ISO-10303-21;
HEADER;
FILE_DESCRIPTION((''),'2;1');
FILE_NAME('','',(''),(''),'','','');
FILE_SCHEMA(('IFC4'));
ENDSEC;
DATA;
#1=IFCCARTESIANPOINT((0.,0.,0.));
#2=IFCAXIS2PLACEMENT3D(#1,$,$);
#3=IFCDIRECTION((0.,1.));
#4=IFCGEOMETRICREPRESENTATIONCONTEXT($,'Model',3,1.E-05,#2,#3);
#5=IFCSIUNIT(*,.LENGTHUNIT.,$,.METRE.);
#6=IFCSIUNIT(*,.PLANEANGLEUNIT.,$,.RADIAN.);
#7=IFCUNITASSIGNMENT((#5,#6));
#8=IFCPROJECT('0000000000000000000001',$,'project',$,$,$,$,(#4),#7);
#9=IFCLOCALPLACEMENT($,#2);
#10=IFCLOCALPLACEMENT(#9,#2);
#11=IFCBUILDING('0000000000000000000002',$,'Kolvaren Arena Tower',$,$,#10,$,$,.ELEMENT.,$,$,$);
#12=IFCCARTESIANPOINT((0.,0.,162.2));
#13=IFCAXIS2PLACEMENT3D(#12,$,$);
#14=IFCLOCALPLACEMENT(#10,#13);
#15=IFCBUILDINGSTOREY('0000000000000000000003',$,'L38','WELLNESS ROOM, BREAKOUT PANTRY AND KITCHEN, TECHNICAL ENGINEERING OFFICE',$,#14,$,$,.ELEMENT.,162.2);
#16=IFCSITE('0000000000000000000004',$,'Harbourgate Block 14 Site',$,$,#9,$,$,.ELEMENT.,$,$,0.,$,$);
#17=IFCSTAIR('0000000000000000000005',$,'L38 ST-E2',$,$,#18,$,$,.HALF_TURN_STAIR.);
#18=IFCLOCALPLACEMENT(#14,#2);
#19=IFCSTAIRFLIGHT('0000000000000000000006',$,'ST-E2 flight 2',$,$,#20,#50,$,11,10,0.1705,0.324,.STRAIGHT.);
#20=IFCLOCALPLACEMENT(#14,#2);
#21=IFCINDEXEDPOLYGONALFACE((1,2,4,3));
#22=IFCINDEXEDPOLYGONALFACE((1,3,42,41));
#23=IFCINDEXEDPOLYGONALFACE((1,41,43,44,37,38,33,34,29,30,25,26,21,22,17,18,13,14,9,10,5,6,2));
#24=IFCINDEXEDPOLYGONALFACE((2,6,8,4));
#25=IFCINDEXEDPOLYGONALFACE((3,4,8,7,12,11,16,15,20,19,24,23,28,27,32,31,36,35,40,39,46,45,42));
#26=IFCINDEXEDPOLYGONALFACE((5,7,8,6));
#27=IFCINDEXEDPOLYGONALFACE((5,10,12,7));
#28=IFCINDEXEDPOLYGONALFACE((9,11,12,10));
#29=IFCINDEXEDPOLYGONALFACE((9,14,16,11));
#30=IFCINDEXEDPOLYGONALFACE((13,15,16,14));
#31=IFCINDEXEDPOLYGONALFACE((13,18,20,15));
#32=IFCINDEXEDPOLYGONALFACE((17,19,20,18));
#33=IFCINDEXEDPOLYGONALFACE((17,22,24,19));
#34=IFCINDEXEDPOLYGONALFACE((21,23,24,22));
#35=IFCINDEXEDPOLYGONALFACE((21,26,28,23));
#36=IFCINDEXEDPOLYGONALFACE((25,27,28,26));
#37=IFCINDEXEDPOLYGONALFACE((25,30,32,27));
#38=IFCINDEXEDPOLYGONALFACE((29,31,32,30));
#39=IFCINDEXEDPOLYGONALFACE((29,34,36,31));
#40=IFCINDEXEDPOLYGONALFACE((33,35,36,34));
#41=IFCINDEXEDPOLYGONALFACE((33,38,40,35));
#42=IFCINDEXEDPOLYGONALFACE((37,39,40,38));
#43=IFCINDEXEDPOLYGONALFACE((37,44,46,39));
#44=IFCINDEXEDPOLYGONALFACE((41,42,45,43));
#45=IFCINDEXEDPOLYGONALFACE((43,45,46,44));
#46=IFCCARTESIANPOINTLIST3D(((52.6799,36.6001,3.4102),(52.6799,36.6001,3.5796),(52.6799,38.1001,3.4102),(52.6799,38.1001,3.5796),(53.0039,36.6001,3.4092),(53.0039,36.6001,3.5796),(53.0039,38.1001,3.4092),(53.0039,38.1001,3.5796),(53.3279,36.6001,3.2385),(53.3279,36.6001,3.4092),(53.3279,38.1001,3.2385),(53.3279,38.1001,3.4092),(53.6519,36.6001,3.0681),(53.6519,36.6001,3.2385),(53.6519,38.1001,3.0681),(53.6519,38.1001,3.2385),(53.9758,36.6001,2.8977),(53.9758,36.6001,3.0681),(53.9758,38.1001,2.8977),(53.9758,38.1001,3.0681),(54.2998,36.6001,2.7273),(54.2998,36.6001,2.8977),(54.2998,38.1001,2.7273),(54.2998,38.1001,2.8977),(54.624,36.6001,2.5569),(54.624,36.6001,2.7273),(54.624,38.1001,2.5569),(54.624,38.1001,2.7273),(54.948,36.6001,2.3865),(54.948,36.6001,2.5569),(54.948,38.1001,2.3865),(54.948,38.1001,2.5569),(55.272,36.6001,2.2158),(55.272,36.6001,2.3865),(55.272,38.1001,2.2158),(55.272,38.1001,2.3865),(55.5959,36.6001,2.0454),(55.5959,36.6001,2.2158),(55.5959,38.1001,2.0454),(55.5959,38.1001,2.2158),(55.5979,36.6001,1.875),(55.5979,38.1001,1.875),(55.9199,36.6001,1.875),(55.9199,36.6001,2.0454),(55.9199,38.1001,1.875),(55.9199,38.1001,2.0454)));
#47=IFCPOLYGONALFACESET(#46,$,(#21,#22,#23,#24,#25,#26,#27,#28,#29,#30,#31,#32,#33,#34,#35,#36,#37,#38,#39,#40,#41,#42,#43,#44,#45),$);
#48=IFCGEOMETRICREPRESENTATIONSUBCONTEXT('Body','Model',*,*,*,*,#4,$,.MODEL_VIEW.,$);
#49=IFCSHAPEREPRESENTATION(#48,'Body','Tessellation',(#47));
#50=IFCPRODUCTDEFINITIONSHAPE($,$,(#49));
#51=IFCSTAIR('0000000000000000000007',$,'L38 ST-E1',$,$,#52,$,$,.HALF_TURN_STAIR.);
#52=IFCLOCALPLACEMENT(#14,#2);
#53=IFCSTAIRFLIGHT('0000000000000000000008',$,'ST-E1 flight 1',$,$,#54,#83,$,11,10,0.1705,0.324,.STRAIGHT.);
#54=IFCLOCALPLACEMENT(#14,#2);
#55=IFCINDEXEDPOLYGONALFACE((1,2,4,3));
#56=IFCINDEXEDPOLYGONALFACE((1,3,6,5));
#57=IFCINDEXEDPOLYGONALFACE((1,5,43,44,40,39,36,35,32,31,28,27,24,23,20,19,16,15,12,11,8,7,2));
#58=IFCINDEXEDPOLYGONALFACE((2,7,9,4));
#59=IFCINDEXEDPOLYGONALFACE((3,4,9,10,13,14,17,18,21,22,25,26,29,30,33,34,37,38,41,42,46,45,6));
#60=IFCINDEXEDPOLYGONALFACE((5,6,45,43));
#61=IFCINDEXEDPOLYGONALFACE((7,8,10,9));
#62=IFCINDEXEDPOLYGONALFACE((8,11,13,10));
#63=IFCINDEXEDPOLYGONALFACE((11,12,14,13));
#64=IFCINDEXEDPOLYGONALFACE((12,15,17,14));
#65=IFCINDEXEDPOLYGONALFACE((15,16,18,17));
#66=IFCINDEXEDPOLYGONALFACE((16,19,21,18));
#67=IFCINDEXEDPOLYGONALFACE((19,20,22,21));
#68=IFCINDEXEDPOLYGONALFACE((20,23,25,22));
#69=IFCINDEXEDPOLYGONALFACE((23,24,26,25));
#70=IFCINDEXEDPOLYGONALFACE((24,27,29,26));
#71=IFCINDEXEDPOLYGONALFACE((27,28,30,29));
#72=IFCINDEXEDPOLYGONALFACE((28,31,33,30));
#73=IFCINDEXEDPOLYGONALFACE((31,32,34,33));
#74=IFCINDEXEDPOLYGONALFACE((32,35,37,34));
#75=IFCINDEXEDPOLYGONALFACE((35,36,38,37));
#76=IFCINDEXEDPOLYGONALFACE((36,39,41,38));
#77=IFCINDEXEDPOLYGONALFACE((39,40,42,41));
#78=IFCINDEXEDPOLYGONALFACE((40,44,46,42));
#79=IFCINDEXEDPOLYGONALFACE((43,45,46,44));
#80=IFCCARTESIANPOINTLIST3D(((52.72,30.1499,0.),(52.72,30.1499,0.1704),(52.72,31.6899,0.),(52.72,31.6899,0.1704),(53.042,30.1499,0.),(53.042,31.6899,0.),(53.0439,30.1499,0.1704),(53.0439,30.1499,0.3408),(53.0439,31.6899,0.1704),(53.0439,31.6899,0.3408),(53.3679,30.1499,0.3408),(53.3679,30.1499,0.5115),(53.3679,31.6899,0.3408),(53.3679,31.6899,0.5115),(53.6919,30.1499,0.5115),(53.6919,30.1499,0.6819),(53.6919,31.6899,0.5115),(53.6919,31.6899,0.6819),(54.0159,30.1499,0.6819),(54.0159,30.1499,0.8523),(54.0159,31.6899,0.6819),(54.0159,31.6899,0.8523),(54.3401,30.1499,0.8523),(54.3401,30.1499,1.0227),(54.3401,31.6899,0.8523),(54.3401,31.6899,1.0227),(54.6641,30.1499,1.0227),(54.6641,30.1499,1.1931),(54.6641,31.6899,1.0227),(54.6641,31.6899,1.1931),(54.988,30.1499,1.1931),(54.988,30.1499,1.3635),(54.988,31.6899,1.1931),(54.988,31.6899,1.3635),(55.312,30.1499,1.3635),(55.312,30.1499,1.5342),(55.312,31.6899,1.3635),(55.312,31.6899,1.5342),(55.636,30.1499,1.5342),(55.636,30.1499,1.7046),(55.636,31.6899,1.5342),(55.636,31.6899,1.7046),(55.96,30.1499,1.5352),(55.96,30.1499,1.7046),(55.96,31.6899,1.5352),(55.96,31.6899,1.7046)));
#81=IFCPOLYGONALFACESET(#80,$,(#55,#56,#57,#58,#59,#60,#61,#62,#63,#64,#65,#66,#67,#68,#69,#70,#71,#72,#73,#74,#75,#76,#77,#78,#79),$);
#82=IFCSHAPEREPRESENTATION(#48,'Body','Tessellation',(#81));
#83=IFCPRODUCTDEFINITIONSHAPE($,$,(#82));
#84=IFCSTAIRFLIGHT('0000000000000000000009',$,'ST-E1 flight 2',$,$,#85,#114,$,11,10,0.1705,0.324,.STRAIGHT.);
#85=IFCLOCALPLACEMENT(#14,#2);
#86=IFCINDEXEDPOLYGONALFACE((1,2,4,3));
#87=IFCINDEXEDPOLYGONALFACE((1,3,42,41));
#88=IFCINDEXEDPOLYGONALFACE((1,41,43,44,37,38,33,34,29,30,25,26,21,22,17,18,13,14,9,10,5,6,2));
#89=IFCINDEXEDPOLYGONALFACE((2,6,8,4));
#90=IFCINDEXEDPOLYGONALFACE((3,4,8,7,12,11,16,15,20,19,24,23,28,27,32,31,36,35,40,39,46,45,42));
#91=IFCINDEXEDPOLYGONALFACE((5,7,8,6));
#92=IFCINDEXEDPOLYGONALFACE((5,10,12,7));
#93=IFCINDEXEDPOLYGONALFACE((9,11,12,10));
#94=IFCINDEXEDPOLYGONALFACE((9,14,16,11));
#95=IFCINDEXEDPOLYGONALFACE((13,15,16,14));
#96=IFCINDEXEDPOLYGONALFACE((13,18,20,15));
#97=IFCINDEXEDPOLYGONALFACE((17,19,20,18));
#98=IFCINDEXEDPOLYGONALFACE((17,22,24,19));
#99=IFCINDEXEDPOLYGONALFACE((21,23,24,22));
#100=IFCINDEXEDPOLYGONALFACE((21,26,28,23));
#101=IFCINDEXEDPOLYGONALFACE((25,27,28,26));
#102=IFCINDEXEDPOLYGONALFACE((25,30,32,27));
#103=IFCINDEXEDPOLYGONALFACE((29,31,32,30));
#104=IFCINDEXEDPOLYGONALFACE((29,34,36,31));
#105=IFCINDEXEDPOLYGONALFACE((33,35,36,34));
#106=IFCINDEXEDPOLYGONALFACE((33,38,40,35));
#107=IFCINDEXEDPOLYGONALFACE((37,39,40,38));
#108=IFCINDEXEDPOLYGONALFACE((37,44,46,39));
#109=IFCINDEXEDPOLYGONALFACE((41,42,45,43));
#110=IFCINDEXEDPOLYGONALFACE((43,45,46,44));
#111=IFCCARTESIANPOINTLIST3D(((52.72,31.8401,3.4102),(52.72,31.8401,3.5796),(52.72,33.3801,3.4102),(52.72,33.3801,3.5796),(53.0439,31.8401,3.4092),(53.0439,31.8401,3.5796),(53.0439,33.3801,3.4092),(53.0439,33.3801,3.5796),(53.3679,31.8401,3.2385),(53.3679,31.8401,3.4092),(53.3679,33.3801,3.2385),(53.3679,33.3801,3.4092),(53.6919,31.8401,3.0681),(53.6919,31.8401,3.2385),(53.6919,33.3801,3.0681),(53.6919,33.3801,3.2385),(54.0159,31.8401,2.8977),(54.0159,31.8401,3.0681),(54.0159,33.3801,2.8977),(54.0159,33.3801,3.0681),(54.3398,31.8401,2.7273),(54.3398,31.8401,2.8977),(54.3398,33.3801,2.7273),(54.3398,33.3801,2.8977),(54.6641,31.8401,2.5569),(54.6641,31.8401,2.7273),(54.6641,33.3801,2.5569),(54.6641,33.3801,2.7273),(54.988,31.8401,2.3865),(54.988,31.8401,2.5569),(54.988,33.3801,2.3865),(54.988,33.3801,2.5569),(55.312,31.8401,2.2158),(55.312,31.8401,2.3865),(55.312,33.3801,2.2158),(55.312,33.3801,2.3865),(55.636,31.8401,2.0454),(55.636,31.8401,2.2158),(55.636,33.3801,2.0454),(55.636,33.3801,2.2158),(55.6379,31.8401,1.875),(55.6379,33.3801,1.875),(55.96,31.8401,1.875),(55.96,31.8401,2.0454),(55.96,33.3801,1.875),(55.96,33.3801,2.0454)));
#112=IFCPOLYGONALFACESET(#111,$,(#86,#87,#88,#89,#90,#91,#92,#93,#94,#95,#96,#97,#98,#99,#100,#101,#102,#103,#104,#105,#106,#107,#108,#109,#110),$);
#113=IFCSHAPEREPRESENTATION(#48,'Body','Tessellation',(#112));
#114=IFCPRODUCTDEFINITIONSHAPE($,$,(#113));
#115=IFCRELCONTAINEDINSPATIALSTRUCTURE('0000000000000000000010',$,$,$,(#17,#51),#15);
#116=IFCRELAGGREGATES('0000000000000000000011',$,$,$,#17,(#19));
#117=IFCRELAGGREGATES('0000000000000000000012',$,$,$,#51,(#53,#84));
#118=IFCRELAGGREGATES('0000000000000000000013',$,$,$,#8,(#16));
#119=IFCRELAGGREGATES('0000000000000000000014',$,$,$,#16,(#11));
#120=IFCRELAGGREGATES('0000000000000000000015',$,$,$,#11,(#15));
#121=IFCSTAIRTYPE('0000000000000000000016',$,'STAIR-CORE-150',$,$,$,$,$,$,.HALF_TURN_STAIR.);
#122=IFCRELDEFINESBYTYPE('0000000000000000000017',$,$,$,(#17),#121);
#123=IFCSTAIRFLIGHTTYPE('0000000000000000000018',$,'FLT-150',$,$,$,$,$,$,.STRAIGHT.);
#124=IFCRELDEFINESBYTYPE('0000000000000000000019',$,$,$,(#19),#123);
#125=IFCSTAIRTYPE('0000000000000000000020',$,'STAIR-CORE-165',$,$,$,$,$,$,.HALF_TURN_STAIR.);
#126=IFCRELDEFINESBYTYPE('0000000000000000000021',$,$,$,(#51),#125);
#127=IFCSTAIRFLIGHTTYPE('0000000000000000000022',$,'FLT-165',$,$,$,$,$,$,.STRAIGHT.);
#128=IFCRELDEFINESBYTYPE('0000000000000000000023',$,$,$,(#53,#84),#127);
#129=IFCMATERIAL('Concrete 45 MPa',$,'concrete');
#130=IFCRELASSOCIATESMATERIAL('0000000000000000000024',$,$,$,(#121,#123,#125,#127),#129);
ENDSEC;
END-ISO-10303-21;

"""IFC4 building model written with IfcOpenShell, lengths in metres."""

from ifc_helpers import new_model, si_unit, direction, frame, origin, place, context, subcontext, project, spatial, polyline, outline, extrude, material, type_object, element, aggregate, save


model = new_model("IFC4")

# Units and contexts
model_context = context("Model", 3, precision=1e-05, world=origin(), true_north=direction((0.0, 1.0)))
body_context = subcontext(model_context, "Body", "Model", "MODEL_VIEW")
ifc_project = project(units=[si_unit("LENGTHUNIT", "METRE"), si_unit("PLANEANGLEUNIT", "RADIAN")], contexts=[model_context])

# Site, building, storey
site_placement = place(None, origin())
site = spatial("IfcSite", under=ifc_project, at=site_placement, Name="Harbourgate Block 14 Site", CompositionType="ELEMENT", RefElevation=0.0)
building_placement = place(site_placement, origin())
building = spatial("IfcBuilding", under=site, at=building_placement, Name="Kolvaren Arena Tower", CompositionType="ELEMENT")
storey_placement = place(building_placement, frame((0.0, 0.0, 162.2)))
storey = spatial("IfcBuildingStorey", under=building, at=storey_placement, Name="L38", Description="WELLNESS ROOM, BREAKOUT PANTRY AND KITCHEN, TECHNICAL ENGINEERING OFFICE", CompositionType="ELEMENT", Elevation=162.2)

# Shared definitions
ifc_material_1 = material(Name="Concrete 45 MPa", Category="concrete")

# Stair, stair flight
stair_type_1 = type_object("IfcStairType", Name="STAIR-CORE-150", PredefinedType="HALF_TURN_STAIR", material=ifc_material_1)
stair_1_placement = place(storey_placement, origin())
stair_1 = element("IfcStair", 1, at=stair_1_placement, inside=storey, type_object=stair_type_1, Name="L38 ST-E2", PredefinedType="HALF_TURN_STAIR")
stair_flight_type_1 = type_object("IfcStairFlightType", Name="FLT-150", PredefinedType="STRAIGHT", material=ifc_material_1)
stair_flight_1_placement = place(storey_placement, frame((55.9199, 37.3501, 1.875), z_axis=(0.0, 0.0, 1.0), x_axis=(-1.0, 0.0, 0.0)))
stair_flight_1 = element("IfcStairFlight", 2, at=stair_flight_1_placement, type_object=stair_flight_type_1, Name="ST-E2 flight 2", NumberOfRisers=11, NumberOfTreads=10, PredefinedType="STRAIGHT", RiserHeight=0.1705, TreadLength=0.324, context=body_context, shape_type="SweptSolid", body=[
    extrude(outline(polyline([(0.0, 0.0), (0.0, 0.1704), (0.324, 0.1704), (0.324, 0.3408), (0.6479, 0.3408), (0.6479, 0.5115), (0.9719, 0.5115), (0.9719, 0.6819), (1.2959, 0.6819), (1.2959, 0.8523), (1.6201, 0.8523), (1.6201, 1.0227), (1.9441, 1.0227), (1.9441, 1.1931), (2.2681, 1.1931), (2.2681, 1.3635), (2.592, 1.3635), (2.592, 1.5342), (2.916, 1.5342), (2.916, 1.7046), (3.24, 1.7046), (3.24, 1.875), (3.24, 1.5352), (0.322, 0.0), (0.0, 0.0)])), frame((0.0, 0.75, 0.0), z_axis=(0.0, -1.0, 0.0), x_axis=(1.0, 0.0, 0.0)), (0.0, 0.0, 1.0), 1.5),
])
aggregate(stair_1, [stair_flight_1])

# Stair, stair flights
stair_type_2 = type_object("IfcStairType", Name="STAIR-CORE-165", PredefinedType="HALF_TURN_STAIR", material=ifc_material_1)
stair_2_placement = place(storey_placement, origin())
stair_2 = element("IfcStair", 3, at=stair_2_placement, inside=storey, type_object=stair_type_2, Name="L38 ST-E1", PredefinedType="HALF_TURN_STAIR")
stair_flight_type_2 = type_object("IfcStairFlightType", Name="FLT-165", PredefinedType="STRAIGHT", material=ifc_material_1)
stair_flight_2_placement = place(storey_placement, frame((52.72, 30.9199, 0.0), z_axis=(0.0, 0.0, 1.0), x_axis=(1.0, 0.0, 0.0)))
stair_flight_2 = element("IfcStairFlight", 4, at=stair_flight_2_placement, type_object=stair_flight_type_2, Name="ST-E1 flight 1", NumberOfRisers=11, NumberOfTreads=10, PredefinedType="STRAIGHT", RiserHeight=0.1705, TreadLength=0.324, context=body_context, shape_type="SweptSolid", body=[
    extrude(outline(polyline([(0.0, 0.0), (0.0, 0.1704), (0.324, 0.1704), (0.324, 0.3408), (0.6479, 0.3408), (0.6479, 0.5115), (0.9719, 0.5115), (0.9719, 0.6819), (1.2959, 0.6819), (1.2959, 0.8523), (1.6201, 0.8523), (1.6201, 1.0227), (1.9441, 1.0227), (1.9441, 1.1931), (2.2681, 1.1931), (2.2681, 1.3635), (2.592, 1.3635), (2.592, 1.5342), (2.916, 1.5342), (2.916, 1.7046), (3.24, 1.7046), (3.24, 1.875), (3.24, 1.5352), (0.322, 0.0), (0.0, 0.0)])), frame((0.0, 0.77, 0.0), z_axis=(0.0, -1.0, 0.0), x_axis=(1.0, 0.0, 0.0)), (0.0, 0.0, 1.0), 1.54),
])
stair_flight_3_placement = place(storey_placement, frame((55.96, 32.6101, 1.875), z_axis=(0.0, 0.0, 1.0), x_axis=(-1.0, 0.0, 0.0)))
stair_flight_3 = element("IfcStairFlight", 5, at=stair_flight_3_placement, type_object=stair_flight_type_2, Name="ST-E1 flight 2", NumberOfRisers=11, NumberOfTreads=10, PredefinedType="STRAIGHT", RiserHeight=0.1705, TreadLength=0.324, context=body_context, shape_type="SweptSolid", body=[
    extrude(outline(polyline([(0.0, 0.0), (0.0, 0.1704), (0.324, 0.1704), (0.324, 0.3408), (0.6479, 0.3408), (0.6479, 0.5115), (0.9719, 0.5115), (0.9719, 0.6819), (1.2959, 0.6819), (1.2959, 0.8523), (1.6201, 0.8523), (1.6201, 1.0227), (1.9441, 1.0227), (1.9441, 1.1931), (2.2681, 1.1931), (2.2681, 1.3635), (2.592, 1.3635), (2.592, 1.5342), (2.916, 1.5342), (2.916, 1.7046), (3.24, 1.7046), (3.24, 1.875), (3.24, 1.5352), (0.322, 0.0), (0.0, 0.0)])), frame((0.0, 0.77, 0.0), z_axis=(0.0, -1.0, 0.0), x_axis=(1.0, 0.0, 0.0)), (0.0, 0.0, 1.0), 1.54),
])
aggregate(stair_2, [stair_flight_2, stair_flight_3])

save(model, "model.ifc")
